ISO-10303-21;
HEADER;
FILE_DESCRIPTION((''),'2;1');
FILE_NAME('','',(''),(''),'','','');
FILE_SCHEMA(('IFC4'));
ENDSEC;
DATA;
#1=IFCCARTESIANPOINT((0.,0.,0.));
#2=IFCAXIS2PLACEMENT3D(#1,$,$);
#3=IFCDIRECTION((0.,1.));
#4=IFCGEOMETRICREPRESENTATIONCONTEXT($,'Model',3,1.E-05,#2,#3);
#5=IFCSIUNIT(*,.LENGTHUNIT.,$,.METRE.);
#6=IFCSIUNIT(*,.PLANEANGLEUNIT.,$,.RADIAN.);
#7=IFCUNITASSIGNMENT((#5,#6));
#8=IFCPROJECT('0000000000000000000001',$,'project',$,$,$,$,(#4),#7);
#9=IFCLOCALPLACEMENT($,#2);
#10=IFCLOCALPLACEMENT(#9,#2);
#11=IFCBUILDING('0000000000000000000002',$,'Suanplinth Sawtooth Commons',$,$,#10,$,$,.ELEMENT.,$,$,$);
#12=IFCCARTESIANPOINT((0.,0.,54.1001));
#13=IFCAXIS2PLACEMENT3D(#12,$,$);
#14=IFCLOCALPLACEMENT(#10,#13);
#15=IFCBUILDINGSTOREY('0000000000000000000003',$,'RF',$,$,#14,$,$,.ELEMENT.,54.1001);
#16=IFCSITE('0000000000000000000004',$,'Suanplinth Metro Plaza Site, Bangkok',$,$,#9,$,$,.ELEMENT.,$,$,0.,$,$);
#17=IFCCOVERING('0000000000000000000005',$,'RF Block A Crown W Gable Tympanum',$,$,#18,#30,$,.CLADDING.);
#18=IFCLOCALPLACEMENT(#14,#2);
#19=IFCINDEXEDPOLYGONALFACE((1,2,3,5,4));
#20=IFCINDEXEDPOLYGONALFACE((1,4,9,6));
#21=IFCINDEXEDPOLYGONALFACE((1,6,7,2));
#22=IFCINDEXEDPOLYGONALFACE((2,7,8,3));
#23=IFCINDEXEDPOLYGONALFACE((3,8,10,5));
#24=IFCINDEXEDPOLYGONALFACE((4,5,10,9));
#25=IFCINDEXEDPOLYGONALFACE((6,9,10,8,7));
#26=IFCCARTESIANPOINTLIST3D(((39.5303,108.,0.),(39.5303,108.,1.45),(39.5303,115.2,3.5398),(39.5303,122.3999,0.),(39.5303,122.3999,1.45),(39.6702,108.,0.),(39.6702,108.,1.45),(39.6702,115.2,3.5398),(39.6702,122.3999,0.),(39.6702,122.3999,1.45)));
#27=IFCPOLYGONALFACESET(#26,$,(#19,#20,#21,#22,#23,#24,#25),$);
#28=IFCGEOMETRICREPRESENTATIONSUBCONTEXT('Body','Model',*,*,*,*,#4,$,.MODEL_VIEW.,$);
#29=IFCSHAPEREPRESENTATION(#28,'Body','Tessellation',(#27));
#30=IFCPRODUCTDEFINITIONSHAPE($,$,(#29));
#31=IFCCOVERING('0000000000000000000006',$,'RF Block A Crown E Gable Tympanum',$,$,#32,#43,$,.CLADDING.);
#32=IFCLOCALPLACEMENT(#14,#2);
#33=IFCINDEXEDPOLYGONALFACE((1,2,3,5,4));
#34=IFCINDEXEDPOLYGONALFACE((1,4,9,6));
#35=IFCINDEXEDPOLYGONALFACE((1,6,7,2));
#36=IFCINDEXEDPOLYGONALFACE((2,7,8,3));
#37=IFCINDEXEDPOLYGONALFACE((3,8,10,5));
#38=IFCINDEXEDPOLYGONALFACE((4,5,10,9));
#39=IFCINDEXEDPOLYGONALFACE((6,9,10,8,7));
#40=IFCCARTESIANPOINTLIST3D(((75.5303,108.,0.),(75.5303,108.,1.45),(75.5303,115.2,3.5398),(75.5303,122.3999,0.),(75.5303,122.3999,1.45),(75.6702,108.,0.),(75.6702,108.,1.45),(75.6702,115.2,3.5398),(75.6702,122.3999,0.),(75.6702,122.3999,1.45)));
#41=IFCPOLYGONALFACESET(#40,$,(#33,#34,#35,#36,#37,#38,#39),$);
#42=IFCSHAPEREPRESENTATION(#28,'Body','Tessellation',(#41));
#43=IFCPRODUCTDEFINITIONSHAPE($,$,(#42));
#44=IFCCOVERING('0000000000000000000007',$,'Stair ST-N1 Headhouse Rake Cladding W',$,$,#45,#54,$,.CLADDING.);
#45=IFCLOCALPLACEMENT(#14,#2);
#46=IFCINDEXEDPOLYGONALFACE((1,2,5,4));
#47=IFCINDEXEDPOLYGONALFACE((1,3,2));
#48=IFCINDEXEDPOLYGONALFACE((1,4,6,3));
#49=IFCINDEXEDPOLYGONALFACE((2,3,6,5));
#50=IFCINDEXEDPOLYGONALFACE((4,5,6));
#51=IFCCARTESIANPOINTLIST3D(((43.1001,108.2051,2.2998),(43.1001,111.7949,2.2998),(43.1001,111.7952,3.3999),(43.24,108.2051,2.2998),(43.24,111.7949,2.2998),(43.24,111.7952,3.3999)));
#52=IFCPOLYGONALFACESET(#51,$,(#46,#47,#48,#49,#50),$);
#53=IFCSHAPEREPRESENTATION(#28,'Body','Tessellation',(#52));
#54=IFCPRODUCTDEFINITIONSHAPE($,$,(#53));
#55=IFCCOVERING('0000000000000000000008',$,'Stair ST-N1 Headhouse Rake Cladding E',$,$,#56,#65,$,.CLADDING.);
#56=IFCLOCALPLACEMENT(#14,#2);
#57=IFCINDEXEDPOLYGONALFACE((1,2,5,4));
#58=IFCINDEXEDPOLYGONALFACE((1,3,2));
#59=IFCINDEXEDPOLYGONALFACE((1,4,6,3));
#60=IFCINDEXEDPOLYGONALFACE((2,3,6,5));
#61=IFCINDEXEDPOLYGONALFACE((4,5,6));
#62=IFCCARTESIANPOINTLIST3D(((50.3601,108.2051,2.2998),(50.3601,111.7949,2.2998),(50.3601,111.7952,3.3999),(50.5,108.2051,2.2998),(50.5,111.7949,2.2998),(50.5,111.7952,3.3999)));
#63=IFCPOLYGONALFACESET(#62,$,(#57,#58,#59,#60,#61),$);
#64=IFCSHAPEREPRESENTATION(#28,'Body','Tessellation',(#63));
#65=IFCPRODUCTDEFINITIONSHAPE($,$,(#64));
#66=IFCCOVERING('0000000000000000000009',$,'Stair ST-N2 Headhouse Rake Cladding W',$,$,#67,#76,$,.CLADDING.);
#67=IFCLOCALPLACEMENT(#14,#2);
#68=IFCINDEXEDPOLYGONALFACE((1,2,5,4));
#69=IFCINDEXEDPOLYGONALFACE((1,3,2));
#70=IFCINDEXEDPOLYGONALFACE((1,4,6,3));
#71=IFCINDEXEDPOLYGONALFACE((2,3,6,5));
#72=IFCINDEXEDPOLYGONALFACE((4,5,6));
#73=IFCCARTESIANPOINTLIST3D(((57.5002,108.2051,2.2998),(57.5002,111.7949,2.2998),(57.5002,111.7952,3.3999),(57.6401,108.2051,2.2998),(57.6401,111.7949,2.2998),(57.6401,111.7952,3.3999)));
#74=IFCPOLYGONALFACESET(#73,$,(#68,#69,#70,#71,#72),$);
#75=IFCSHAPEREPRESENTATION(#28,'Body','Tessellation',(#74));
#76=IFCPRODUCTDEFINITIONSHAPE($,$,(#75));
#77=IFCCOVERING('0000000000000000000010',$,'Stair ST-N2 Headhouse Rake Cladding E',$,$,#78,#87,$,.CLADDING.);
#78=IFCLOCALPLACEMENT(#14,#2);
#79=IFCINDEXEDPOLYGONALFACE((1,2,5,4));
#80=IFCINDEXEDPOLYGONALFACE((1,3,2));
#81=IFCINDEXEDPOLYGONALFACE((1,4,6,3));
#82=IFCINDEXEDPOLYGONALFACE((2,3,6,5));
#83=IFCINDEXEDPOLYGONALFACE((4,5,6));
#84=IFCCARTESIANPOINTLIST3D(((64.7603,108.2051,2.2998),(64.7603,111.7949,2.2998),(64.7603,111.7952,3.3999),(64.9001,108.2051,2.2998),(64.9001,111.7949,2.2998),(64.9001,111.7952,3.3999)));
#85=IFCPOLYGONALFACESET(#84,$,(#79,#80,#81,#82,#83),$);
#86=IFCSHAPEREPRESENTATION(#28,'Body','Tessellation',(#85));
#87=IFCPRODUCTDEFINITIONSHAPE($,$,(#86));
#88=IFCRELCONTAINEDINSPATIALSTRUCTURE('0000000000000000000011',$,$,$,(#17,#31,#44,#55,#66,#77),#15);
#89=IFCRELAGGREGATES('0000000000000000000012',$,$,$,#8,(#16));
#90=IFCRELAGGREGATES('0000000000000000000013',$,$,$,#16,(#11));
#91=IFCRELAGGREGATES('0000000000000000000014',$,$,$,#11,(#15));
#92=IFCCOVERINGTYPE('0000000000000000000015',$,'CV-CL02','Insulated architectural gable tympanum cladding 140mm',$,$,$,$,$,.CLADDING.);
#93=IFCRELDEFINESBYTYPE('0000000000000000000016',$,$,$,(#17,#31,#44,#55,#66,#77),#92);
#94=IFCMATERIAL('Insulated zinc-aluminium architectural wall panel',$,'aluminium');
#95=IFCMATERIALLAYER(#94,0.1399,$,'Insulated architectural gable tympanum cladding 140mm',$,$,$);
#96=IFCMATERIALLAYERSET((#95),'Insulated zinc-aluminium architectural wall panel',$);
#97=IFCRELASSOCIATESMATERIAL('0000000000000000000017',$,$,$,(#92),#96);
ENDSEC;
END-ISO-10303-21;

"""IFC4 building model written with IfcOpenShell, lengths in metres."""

from ifc_helpers import new_model, si_unit, direction, frame, origin, place, context, subcontext, project, spatial, polyline, outline, extrude, material, layer, layer_set, type_object, element, save


model = new_model("IFC4")

# Units and contexts
model_context = context("Model", 3, precision=1e-05, world=origin(), true_north=direction((0.0, 1.0)))
body_context = subcontext(model_context, "Body", "Model", "MODEL_VIEW")
ifc_project = project(units=[si_unit("LENGTHUNIT", "METRE"), si_unit("PLANEANGLEUNIT", "RADIAN")], contexts=[model_context])

# Site, building, storey
site_placement = place(None, origin())
site = spatial("IfcSite", under=ifc_project, at=site_placement, Name="Suanplinth Metro Plaza Site, Bangkok", CompositionType="ELEMENT", RefElevation=0.0)
building_placement = place(site_placement, origin())
building = spatial("IfcBuilding", under=site, at=building_placement, Name="Suanplinth Sawtooth Commons", CompositionType="ELEMENT")
storey_placement = place(building_placement, frame((0.0, 0.0, 54.1001)))
storey = spatial("IfcBuildingStorey", under=building, at=storey_placement, Name="RF", CompositionType="ELEMENT", Elevation=54.1001)

# Coverings
ifc_material_1 = material(Name="Insulated zinc-aluminium architectural wall panel", Category="aluminium")
ifc_layer_1 = layer(ifc_material_1, 0.1399, Name="Insulated architectural gable tympanum cladding 140mm")
ifc_layer_set_1 = layer_set([ifc_layer_1], Name="Insulated zinc-aluminium architectural wall panel")
covering_type = type_object("IfcCoveringType", Name="CV-CL02", Description="Insulated architectural gable tympanum cladding 140mm", PredefinedType="CLADDING", material=ifc_layer_set_1)
for number, where, z_axis, x_axis, name in (
    (1, (39.6001, 108.0, 0.0), (0.0, 0.0, 1.0), (0.0, 1.0, 0.0), "RF Block A Crown W Gable Tympanum"),
    (2, (75.6001, 108.0, 0.0), (0.0, 0.0, 1.0), (0.0, 1.0, 0.0), "RF Block A Crown E Gable Tympanum"),
):
    element("IfcCovering", number, at=place(storey_placement, frame(where, z_axis=z_axis, x_axis=x_axis)), inside=storey, type_object=covering_type, Name=name, PredefinedType="CLADDING", context=body_context, shape_type="SweptSolid", body=[
        extrude(outline(polyline([(0.0, 0.0), (14.3999, 0.0), (14.3999, 1.45), (7.2, 3.5398), (0.0, 1.45), (0.0, 0.0)])), frame((0.0, 0.0698, 0.0), z_axis=(0.0, -1.0, 0.0), x_axis=(1.0, 0.0, 0.0)), (0.0, 0.0, 1.0), 0.1399),
    ])
for number, where, z_axis, x_axis, name in (
    (3, (43.1699, 108.2051, 2.2998), (0.0, 0.0, 1.0), (0.0, 1.0, 0.0), "Stair ST-N1 Headhouse Rake Cladding W"),
    (4, (50.4299, 108.2051, 2.2998), (0.0, 0.0, 1.0), (0.0, 1.0, 0.0), "Stair ST-N1 Headhouse Rake Cladding E"),
    (5, (57.5701, 108.2051, 2.2998), (0.0, 0.0, 1.0), (0.0, 1.0, 0.0), "Stair ST-N2 Headhouse Rake Cladding W"),
    (6, (64.8301, 108.2051, 2.2998), (0.0, 0.0, 1.0), (0.0, 1.0, 0.0), "Stair ST-N2 Headhouse Rake Cladding E"),
):
    element("IfcCovering", number, at=place(storey_placement, frame(where, z_axis=z_axis, x_axis=x_axis)), inside=storey, type_object=covering_type, Name=name, PredefinedType="CLADDING", context=body_context, shape_type="SweptSolid", body=[
        extrude(outline(polyline([(0.0, 0.0), (3.5898, 0.0), (3.5901, 1.1001), (0.0, 0.0), (0.0, 0.0)])), frame((0.0, 0.0698, 0.0), z_axis=(0.0, -1.0, 0.0), x_axis=(1.0, 0.0, 0.0)), (0.0, 0.0, 1.0), 0.1399),
    ])

save(model, "model.ifc")
